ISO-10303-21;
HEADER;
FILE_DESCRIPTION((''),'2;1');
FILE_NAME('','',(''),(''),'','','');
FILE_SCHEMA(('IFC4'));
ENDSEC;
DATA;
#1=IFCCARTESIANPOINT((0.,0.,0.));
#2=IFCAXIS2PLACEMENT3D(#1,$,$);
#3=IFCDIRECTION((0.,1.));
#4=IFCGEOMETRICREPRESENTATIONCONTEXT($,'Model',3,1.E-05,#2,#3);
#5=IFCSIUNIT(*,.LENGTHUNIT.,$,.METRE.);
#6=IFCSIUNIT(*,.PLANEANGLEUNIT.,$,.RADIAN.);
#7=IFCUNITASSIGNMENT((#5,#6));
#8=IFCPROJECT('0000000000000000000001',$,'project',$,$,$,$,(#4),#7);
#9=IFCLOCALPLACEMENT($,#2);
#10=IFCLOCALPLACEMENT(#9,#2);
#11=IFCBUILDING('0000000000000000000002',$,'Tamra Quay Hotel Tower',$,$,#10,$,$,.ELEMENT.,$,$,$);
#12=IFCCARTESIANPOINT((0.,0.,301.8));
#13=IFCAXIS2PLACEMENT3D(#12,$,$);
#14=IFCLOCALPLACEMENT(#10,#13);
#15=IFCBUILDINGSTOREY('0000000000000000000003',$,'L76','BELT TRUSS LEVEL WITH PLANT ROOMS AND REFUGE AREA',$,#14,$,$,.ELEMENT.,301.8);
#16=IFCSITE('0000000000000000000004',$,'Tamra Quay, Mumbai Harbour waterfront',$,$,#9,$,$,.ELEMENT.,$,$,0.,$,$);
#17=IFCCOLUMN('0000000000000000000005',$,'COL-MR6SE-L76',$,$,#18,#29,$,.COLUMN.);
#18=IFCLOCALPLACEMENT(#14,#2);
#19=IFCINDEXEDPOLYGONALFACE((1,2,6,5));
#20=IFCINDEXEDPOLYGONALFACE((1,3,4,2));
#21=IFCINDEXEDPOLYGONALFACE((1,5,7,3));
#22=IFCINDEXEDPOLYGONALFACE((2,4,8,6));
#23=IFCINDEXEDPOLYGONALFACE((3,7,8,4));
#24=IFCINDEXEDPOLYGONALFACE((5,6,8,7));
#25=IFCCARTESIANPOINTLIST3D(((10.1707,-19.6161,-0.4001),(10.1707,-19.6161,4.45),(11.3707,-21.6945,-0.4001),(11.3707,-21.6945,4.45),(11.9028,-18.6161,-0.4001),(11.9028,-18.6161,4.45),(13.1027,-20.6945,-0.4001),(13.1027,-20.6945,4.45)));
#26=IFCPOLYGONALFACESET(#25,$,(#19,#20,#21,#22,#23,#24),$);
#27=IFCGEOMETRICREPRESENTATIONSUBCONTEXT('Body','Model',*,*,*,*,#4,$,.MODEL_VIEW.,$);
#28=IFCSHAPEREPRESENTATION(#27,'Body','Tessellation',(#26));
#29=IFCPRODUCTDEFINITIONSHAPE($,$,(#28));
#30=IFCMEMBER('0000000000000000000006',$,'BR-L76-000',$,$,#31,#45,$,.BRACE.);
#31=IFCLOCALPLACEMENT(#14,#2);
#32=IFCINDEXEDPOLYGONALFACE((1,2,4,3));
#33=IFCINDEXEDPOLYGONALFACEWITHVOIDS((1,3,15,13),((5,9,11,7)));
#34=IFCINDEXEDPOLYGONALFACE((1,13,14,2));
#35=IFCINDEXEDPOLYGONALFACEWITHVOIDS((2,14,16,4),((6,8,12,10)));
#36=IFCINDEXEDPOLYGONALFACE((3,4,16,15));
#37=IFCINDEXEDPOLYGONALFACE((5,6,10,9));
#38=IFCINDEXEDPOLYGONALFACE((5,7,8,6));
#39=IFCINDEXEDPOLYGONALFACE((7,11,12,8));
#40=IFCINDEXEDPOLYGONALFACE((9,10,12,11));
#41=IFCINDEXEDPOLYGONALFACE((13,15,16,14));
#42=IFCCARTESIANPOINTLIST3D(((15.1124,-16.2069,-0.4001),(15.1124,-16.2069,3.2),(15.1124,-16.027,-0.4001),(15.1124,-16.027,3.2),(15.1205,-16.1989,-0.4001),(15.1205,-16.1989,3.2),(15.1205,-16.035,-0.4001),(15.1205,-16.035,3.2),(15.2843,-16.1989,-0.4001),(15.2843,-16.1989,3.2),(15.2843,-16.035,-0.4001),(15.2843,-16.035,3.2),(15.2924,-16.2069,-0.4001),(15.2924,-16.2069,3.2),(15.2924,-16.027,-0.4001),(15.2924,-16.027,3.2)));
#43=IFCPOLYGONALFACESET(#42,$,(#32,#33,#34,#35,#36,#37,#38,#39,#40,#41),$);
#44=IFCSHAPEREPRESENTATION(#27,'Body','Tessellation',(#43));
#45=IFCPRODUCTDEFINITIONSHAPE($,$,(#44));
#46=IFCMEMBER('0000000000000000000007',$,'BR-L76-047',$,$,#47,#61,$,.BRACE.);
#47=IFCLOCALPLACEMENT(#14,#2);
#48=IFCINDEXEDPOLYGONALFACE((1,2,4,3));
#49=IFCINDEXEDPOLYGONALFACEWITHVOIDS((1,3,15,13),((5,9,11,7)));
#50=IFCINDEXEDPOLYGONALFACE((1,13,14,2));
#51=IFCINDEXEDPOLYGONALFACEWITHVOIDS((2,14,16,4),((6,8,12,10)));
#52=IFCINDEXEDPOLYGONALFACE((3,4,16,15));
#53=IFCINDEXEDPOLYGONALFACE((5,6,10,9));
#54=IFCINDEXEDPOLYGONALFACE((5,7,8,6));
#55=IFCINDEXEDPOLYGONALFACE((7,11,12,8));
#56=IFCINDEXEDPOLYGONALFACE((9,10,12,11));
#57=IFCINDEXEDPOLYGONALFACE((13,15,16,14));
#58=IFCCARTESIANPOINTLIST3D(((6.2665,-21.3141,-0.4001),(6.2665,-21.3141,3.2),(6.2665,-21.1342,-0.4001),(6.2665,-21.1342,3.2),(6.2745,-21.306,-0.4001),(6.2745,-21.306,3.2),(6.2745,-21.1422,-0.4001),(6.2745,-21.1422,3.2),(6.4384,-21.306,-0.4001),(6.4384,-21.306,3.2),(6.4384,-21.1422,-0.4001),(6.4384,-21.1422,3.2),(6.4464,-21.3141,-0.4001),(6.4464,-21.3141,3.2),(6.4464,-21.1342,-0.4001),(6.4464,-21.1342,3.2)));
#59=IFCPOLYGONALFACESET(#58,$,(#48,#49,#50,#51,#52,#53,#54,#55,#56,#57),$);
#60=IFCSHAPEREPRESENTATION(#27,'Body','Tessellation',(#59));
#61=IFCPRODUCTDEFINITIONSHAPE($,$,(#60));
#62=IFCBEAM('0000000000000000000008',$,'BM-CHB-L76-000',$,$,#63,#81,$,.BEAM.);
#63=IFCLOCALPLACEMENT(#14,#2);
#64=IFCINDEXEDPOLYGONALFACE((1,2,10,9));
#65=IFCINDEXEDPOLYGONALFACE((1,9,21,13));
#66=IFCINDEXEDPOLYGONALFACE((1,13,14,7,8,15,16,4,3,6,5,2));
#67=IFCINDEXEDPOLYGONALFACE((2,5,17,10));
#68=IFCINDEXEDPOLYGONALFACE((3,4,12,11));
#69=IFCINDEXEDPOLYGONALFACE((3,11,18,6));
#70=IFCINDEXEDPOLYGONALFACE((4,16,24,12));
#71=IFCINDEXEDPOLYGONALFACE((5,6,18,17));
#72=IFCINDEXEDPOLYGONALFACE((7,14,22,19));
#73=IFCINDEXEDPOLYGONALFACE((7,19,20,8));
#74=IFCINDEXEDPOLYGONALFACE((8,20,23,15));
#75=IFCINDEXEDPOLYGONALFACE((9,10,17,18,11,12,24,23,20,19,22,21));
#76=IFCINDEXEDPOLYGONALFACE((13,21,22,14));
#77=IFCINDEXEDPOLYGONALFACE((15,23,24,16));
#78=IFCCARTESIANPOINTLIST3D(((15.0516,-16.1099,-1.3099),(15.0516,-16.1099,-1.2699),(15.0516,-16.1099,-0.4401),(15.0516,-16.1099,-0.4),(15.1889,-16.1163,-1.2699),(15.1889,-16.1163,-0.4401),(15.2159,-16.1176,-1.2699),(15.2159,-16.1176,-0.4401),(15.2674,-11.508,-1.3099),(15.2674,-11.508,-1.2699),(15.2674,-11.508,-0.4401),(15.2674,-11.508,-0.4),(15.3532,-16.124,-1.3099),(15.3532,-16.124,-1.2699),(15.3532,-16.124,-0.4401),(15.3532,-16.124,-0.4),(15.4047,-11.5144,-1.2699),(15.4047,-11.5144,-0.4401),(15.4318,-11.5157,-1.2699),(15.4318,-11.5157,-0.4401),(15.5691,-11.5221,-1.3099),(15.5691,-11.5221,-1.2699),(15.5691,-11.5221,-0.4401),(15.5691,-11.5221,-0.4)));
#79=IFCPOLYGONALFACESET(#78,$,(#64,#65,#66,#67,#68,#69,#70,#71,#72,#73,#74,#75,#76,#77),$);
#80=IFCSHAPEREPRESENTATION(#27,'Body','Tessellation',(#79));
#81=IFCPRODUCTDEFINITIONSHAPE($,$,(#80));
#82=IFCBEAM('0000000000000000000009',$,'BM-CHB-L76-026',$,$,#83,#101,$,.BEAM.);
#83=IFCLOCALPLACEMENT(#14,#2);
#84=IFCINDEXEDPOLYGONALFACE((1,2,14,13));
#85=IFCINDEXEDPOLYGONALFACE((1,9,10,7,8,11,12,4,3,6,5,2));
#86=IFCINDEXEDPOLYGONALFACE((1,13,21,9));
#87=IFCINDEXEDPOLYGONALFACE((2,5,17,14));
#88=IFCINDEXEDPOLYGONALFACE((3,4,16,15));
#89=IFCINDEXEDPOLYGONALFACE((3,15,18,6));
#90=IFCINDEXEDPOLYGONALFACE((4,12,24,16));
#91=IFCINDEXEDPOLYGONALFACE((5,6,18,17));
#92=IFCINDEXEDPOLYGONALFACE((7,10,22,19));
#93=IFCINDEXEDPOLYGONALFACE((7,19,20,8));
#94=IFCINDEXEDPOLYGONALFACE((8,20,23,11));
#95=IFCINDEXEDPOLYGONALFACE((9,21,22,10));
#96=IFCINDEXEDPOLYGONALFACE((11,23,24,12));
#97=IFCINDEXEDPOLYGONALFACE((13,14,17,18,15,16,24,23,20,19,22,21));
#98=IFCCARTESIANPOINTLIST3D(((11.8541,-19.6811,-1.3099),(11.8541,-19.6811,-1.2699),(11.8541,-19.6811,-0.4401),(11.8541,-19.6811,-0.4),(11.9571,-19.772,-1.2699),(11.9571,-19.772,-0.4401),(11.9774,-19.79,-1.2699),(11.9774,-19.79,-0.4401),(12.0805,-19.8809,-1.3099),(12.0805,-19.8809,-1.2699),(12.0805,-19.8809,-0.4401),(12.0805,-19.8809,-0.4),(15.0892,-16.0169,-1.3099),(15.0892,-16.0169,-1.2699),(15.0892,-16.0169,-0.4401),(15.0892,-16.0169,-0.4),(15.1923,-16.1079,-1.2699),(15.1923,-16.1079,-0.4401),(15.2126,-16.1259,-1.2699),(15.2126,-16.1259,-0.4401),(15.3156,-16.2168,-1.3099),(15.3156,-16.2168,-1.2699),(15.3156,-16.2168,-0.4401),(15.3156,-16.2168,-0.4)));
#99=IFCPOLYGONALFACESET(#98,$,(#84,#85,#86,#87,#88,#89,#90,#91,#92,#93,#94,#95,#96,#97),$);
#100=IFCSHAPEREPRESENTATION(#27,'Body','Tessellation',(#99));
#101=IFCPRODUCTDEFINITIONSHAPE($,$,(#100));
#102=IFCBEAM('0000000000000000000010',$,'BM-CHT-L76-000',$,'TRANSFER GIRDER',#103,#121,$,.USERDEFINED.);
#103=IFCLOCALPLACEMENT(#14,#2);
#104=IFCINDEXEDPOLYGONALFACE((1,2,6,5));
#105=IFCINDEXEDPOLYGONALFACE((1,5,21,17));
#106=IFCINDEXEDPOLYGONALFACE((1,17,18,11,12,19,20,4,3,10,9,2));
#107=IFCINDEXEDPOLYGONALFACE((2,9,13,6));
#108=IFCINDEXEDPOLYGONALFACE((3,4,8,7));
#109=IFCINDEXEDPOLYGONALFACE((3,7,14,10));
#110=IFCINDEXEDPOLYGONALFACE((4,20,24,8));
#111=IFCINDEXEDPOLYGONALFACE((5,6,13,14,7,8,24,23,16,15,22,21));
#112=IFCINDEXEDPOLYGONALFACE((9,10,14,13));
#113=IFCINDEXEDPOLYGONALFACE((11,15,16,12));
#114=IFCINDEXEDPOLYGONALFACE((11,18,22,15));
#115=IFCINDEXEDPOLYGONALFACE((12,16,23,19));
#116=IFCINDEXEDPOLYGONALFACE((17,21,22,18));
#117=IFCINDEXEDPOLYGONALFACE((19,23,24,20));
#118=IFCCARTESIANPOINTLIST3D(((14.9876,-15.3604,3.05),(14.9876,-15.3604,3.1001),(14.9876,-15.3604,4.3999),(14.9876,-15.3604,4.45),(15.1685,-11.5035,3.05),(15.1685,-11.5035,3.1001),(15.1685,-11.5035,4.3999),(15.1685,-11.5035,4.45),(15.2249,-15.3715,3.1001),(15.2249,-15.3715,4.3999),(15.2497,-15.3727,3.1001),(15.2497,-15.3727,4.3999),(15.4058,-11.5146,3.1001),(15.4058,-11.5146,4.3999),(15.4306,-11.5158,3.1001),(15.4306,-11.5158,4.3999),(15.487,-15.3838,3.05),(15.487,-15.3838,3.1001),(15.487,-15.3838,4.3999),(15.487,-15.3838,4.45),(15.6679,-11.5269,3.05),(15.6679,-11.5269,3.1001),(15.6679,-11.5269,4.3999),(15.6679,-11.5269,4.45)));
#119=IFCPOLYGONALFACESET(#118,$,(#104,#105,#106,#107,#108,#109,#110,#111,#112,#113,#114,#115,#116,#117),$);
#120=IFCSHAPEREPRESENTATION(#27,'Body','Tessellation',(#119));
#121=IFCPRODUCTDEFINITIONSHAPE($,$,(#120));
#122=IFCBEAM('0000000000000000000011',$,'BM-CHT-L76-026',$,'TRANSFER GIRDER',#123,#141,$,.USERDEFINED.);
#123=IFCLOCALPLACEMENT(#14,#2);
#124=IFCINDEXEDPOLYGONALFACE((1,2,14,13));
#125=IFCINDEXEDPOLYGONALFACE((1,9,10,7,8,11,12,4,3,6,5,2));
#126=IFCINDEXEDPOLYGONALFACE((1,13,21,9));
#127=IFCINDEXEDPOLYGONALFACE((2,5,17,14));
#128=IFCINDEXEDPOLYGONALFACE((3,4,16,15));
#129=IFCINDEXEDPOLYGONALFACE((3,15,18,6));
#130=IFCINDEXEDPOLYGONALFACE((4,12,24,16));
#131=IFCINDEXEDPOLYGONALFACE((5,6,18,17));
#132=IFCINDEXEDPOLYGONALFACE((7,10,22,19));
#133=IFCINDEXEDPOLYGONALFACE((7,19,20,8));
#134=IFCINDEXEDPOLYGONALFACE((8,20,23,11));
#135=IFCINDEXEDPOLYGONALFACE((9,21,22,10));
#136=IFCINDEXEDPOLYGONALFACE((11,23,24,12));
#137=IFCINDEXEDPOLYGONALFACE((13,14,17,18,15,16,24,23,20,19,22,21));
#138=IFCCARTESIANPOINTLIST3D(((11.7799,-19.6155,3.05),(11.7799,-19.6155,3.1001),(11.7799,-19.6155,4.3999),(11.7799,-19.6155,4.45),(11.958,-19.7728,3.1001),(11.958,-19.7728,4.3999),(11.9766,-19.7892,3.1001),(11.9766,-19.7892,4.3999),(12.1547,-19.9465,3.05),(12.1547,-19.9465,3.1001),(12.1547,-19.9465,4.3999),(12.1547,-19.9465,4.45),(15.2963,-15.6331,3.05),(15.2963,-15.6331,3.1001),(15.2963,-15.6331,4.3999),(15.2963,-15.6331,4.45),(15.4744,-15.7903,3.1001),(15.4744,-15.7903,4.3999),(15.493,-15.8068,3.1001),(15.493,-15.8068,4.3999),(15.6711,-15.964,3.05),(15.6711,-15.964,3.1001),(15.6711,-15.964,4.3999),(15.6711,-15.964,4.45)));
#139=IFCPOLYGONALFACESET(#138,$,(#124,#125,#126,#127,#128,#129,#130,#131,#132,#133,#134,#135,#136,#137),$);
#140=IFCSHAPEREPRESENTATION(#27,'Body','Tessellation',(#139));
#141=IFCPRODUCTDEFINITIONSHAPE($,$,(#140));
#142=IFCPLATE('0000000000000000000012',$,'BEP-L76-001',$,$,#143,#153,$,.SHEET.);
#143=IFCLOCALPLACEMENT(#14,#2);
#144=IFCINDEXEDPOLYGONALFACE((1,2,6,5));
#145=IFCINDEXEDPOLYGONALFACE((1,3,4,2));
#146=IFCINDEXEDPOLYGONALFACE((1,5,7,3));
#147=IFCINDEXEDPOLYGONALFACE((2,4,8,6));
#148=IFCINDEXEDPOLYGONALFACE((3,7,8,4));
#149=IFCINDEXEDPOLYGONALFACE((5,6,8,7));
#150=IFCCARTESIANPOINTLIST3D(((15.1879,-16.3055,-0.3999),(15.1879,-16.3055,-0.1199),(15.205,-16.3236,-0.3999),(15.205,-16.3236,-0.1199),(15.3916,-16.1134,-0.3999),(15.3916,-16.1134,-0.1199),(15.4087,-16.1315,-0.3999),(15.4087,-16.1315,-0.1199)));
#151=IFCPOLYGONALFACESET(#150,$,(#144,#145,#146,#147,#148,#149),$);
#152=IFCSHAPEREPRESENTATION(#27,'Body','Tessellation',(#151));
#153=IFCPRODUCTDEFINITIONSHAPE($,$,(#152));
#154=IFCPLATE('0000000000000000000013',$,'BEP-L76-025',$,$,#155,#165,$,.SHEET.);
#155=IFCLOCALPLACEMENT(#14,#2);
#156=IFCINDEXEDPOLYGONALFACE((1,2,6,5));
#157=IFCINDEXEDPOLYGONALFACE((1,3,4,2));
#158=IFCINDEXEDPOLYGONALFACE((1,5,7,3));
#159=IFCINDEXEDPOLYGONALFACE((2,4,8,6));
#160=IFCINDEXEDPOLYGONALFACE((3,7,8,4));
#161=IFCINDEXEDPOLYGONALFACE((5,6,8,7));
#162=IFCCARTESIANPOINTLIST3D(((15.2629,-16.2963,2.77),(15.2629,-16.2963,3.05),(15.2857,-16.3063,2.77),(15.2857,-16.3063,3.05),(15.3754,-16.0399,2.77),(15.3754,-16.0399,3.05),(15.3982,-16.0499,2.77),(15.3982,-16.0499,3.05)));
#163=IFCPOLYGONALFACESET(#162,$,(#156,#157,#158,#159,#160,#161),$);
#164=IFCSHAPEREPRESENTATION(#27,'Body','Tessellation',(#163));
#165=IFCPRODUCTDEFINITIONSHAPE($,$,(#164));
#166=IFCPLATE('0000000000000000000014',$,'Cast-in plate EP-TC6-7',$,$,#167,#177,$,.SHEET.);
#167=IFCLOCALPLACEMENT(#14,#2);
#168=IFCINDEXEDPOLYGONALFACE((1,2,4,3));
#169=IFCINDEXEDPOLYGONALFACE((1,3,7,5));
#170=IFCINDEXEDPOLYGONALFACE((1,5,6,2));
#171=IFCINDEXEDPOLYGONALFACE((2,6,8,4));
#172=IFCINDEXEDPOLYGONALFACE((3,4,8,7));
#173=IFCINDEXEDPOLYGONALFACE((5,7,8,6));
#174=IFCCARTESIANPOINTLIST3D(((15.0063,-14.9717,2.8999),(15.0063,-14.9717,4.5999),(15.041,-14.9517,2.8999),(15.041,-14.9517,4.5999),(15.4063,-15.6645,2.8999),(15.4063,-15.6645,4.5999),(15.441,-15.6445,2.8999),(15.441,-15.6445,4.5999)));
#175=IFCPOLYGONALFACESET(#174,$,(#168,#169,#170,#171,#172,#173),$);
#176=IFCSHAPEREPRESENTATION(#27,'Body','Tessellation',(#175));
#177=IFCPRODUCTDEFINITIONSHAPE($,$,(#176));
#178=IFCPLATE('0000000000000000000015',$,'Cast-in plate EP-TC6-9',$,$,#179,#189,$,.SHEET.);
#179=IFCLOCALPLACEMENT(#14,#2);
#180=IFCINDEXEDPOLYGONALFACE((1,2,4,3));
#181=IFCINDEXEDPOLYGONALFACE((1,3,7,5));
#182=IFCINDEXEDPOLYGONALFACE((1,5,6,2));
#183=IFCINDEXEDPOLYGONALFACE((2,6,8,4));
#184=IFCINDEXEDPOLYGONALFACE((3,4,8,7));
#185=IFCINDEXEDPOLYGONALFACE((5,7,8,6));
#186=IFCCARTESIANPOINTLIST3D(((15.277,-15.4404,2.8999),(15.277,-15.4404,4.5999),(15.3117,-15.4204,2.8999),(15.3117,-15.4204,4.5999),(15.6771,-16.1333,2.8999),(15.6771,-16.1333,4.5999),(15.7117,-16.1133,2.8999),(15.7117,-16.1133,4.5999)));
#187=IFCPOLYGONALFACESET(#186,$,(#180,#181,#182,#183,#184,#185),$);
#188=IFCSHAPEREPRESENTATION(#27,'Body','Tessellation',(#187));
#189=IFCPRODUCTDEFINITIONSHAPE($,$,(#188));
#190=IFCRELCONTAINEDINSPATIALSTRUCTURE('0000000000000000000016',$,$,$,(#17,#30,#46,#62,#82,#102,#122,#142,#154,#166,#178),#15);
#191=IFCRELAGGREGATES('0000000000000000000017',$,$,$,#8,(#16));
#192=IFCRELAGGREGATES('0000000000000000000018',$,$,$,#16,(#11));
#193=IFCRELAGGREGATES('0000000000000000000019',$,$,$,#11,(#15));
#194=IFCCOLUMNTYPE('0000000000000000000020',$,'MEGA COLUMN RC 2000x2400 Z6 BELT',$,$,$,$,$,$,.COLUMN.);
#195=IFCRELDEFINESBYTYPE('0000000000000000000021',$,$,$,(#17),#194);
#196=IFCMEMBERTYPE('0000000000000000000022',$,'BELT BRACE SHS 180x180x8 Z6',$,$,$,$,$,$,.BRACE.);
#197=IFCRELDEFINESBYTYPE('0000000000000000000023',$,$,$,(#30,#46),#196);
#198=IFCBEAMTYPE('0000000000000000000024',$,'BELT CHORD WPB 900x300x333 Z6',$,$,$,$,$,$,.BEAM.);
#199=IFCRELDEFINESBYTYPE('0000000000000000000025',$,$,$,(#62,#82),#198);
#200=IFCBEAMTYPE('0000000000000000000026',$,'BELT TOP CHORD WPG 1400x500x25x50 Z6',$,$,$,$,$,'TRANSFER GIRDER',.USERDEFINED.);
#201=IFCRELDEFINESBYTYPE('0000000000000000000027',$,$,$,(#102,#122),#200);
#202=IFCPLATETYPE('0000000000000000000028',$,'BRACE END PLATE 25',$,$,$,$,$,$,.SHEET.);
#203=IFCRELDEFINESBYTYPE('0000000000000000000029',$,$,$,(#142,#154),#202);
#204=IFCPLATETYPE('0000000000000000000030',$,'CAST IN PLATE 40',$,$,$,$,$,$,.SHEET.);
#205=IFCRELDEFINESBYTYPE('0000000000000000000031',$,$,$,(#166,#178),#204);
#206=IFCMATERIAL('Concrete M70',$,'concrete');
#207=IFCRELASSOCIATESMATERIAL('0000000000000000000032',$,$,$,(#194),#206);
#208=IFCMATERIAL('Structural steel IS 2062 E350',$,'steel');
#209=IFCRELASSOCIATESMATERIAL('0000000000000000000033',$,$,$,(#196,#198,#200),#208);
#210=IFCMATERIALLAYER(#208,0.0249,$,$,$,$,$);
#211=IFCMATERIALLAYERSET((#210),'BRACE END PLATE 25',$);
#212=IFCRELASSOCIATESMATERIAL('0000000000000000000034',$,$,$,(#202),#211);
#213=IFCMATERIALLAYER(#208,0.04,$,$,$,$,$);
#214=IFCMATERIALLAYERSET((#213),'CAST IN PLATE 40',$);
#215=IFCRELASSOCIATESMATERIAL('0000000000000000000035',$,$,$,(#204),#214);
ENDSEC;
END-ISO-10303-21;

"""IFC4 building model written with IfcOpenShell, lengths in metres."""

from ifc_helpers import new_model, si_unit, direction, frame, origin, origin_2d, place, context, subcontext, project, spatial, rectangle, hollow_rectangle, i_section, extrude, material, layer, layer_set, material_profile, profile_set, type_object, element, save


model = new_model("IFC4")

# Units and contexts
model_context = context("Model", 3, precision=1e-05, world=origin(), true_north=direction((0.0, 1.0)))
body_context = subcontext(model_context, "Body", "Model", "MODEL_VIEW")
ifc_project = project(units=[si_unit("LENGTHUNIT", "METRE"), si_unit("PLANEANGLEUNIT", "RADIAN")], contexts=[model_context])

# Site, building, storey
site_placement = place(None, origin())
site = spatial("IfcSite", under=ifc_project, at=site_placement, Name="Tamra Quay, Mumbai Harbour waterfront", CompositionType="ELEMENT", RefElevation=0.0)
building_placement = place(site_placement, origin())
building = spatial("IfcBuilding", under=site, at=building_placement, Name="Tamra Quay Hotel Tower", CompositionType="ELEMENT")
storey_placement = place(building_placement, frame((0.0, 0.0, 301.8)))
storey = spatial("IfcBuildingStorey", under=building, at=storey_placement, Name="L76", Description="BELT TRUSS LEVEL WITH PLANT ROOMS AND REFUGE AREA", CompositionType="ELEMENT", Elevation=301.8)

# Column
ifc_material_1 = material(Name="Concrete M70", Category="concrete")
ifc_material_profile_1 = material_profile(ifc_material_1, rectangle(XDim=2.3999, YDim=2.0, at=origin_2d()), Name="MEGA COLUMN RC 2000x2400 Z6 BELT")
ifc_profile_set_1 = profile_set([ifc_material_profile_1], Name="Concrete M70")
column_type = type_object("IfcColumnType", Name="MEGA COLUMN RC 2000x2400 Z6 BELT", PredefinedType="COLUMN", material=ifc_profile_set_1)
column_placement = place(storey_placement, frame((11.6367, -20.1553, -0.4001), z_axis=(0.0, 0.0, 1.0), x_axis=(-0.5, 0.866025, 0.0)))
element("IfcColumn", 1, at=column_placement, inside=storey, type_object=column_type, Name="COL-MR6SE-L76", PredefinedType="COLUMN", context=body_context, shape_type="SweptSolid", body=[
    extrude(rectangle(XDim=2.3999, YDim=2.0, at=origin_2d()), origin(), (0.0, 0.0, 1.0), 4.8501),
])

# Members
ifc_material_2 = material(Name="Structural steel IS 2062 E350", Category="steel")
ifc_material_profile_2 = material_profile(ifc_material_2, hollow_rectangle(XDim=0.1799, YDim=0.1799, WallThickness=0.0081, at=origin_2d()), Name="SHS 180x180x8")
ifc_profile_set_2 = profile_set([ifc_material_profile_2], Name="Structural steel IS 2062 E350")
member_type = type_object("IfcMemberType", Name="BELT BRACE SHS 180x180x8 Z6", PredefinedType="BRACE", material=ifc_profile_set_2)
for number, where, z_axis, x_axis, name in (
    (2, (15.2024, -16.1169, -0.4001), (0.0, 0.0, 1.0), (1.0, 0.0, 0.0), "BR-L76-000"),
    (3, (6.3564, -21.2241, -0.4001), (0.0, 0.0, 1.0), (1.0, 0.0, 0.0), "BR-L76-047"),
):
    element("IfcMember", number, at=place(storey_placement, frame(where, z_axis=z_axis, x_axis=x_axis)), inside=storey, type_object=member_type, Name=name, PredefinedType="BRACE", context=body_context, shape_type="SweptSolid", body=[
        extrude(hollow_rectangle(XDim=0.1799, YDim=0.1799, WallThickness=0.0081, at=origin_2d()), origin(), (0.0, 0.0, 1.0), 3.6001),
    ])

# Beams
ifc_material_profile_3 = material_profile(ifc_material_2, i_section(OverallWidth=0.302, OverallDepth=0.9099, WebThickness=0.0271, FlangeThickness=0.04, at=origin_2d()), Name="WPB 900x300x333")
ifc_profile_set_3 = profile_set([ifc_material_profile_3], Name="Structural steel IS 2062 E350")
beam_type_1 = type_object("IfcBeamType", Name="BELT CHORD WPB 900x300x333 Z6", PredefinedType="BEAM", material=ifc_profile_set_3)
beam_1_placement = place(storey_placement, frame((15.2024, -16.1169, -0.855), z_axis=(0.046848, 0.998902, 0.0), x_axis=(-0.998902, 0.046848, 0.0)))
element("IfcBeam", 4, at=beam_1_placement, inside=storey, type_object=beam_type_1, Name="BM-CHB-L76-000", PredefinedType="BEAM", context=body_context, shape_type="SweptSolid", body=[
    extrude(i_section(OverallWidth=0.302, OverallDepth=0.9099, WebThickness=0.0271, FlangeThickness=0.04, at=origin_2d()), origin(), (0.0, 0.0, 1.0), 4.6069),
])
beam_2_placement = place(storey_placement, frame((11.9673, -19.781, -0.855), z_axis=(0.661864, 0.749624, 0.0), x_axis=(-0.749624, 0.661864, 0.0)))
element("IfcBeam", 5, at=beam_2_placement, inside=storey, type_object=beam_type_1, Name="BM-CHB-L76-026", PredefinedType="BEAM", context=body_context, shape_type="SweptSolid", body=[
    extrude(i_section(OverallWidth=0.302, OverallDepth=0.9099, WebThickness=0.0271, FlangeThickness=0.04, at=origin_2d()), origin(), (0.0, 0.0, 1.0), 4.8879),
])
ifc_material_profile_4 = material_profile(ifc_material_2, i_section(OverallWidth=0.5, OverallDepth=1.3999, WebThickness=0.0249, FlangeThickness=0.05, at=origin_2d()), Name="WPG 1400x500x25x50")
ifc_profile_set_4 = profile_set([ifc_material_profile_4], Name="Structural steel IS 2062 E350")
beam_type_2 = type_object("IfcBeamType", Name="BELT TOP CHORD WPG 1400x500x25x50 Z6", ElementType="TRANSFER GIRDER", PredefinedType="USERDEFINED", material=ifc_profile_set_4)
beam_3_placement = place(storey_placement, frame((15.2373, -15.3721, 3.75), z_axis=(0.046853, 0.998902, 0.0), x_axis=(-0.998902, 0.046853, 0.0)))
element("IfcBeam", 6, at=beam_3_placement, inside=storey, type_object=beam_type_2, Name="BM-CHT-L76-000", ObjectType="TRANSFER GIRDER", PredefinedType="USERDEFINED", context=body_context, shape_type="SweptSolid", body=[
    extrude(i_section(OverallWidth=0.5, OverallDepth=1.3999, WebThickness=0.0249, FlangeThickness=0.05, at=origin_2d()), origin(), (0.0, 0.0, 1.0), 3.8611),
])
beam_4_placement = place(storey_placement, frame((11.9673, -19.781, 3.75), z_axis=(0.661881, 0.749608, 0.0), x_axis=(-0.749608, 0.661881, 0.0)))
element("IfcBeam", 7, at=beam_4_placement, inside=storey, type_object=beam_type_2, Name="BM-CHT-L76-026", ObjectType="TRANSFER GIRDER", PredefinedType="USERDEFINED", context=body_context, shape_type="SweptSolid", body=[
    extrude(i_section(OverallWidth=0.5, OverallDepth=1.3999, WebThickness=0.0249, FlangeThickness=0.05, at=origin_2d()), origin(), (0.0, 0.0, 1.0), 5.3127),
])

# Plates
ifc_layer_1 = layer(ifc_material_2, 0.0249)
ifc_layer_set_1 = layer_set([ifc_layer_1], Name="BRACE END PLATE 25")
plate_type_1 = type_object("IfcPlateType", Name="BRACE END PLATE 25", PredefinedType="SHEET", material=ifc_layer_set_1)
for number, where, z_axis, x_axis, name in (
    (8, (15.2983, -16.2185, -0.3999), (0.0, 0.0, 1.0), (-0.68617, 0.727441, 0.0), "BEP-L76-001"),
    (9, (15.3306, -16.1731, 2.77), (0.0, 0.0, 1.0), (-0.915777, 0.401687, 0.0), "BEP-L76-025"),
):
    element("IfcPlate", number, at=place(storey_placement, frame(where, z_axis=z_axis, x_axis=x_axis)), inside=storey, type_object=plate_type_1, Name=name, PredefinedType="SHEET", context=body_context, shape_type="SweptSolid", body=[
        extrude(rectangle(XDim=0.0249, YDim=0.28, at=origin_2d()), origin(), (0.0, 0.0, 1.0), 0.28),
    ])
ifc_layer_2 = layer(ifc_material_2, 0.04)
ifc_layer_set_2 = layer_set([ifc_layer_2], Name="CAST IN PLATE 40")
plate_type_2 = type_object("IfcPlateType", Name="CAST IN PLATE 40", PredefinedType="SHEET", material=ifc_layer_set_2)
for number, where, z_axis, x_axis, name in (
    (10, (15.2236, -15.3081, 2.8999), (0.0, 0.0, 1.0), (-0.866025, -0.5, 0.0), "Cast-in plate EP-TC6-7"),
    (11, (15.4944, -15.7769, 2.8999), (0.0, 0.0, 1.0), (-0.866025, -0.5, 0.0), "Cast-in plate EP-TC6-9"),
):
    element("IfcPlate", number, at=place(storey_placement, frame(where, z_axis=z_axis, x_axis=x_axis)), inside=storey, type_object=plate_type_2, Name=name, PredefinedType="SHEET", context=body_context, shape_type="SweptSolid", body=[
        extrude(rectangle(XDim=0.04, YDim=0.8, at=origin_2d()), origin(), (0.0, 0.0, 1.0), 1.7),
    ])

save(model, "model.ifc")
